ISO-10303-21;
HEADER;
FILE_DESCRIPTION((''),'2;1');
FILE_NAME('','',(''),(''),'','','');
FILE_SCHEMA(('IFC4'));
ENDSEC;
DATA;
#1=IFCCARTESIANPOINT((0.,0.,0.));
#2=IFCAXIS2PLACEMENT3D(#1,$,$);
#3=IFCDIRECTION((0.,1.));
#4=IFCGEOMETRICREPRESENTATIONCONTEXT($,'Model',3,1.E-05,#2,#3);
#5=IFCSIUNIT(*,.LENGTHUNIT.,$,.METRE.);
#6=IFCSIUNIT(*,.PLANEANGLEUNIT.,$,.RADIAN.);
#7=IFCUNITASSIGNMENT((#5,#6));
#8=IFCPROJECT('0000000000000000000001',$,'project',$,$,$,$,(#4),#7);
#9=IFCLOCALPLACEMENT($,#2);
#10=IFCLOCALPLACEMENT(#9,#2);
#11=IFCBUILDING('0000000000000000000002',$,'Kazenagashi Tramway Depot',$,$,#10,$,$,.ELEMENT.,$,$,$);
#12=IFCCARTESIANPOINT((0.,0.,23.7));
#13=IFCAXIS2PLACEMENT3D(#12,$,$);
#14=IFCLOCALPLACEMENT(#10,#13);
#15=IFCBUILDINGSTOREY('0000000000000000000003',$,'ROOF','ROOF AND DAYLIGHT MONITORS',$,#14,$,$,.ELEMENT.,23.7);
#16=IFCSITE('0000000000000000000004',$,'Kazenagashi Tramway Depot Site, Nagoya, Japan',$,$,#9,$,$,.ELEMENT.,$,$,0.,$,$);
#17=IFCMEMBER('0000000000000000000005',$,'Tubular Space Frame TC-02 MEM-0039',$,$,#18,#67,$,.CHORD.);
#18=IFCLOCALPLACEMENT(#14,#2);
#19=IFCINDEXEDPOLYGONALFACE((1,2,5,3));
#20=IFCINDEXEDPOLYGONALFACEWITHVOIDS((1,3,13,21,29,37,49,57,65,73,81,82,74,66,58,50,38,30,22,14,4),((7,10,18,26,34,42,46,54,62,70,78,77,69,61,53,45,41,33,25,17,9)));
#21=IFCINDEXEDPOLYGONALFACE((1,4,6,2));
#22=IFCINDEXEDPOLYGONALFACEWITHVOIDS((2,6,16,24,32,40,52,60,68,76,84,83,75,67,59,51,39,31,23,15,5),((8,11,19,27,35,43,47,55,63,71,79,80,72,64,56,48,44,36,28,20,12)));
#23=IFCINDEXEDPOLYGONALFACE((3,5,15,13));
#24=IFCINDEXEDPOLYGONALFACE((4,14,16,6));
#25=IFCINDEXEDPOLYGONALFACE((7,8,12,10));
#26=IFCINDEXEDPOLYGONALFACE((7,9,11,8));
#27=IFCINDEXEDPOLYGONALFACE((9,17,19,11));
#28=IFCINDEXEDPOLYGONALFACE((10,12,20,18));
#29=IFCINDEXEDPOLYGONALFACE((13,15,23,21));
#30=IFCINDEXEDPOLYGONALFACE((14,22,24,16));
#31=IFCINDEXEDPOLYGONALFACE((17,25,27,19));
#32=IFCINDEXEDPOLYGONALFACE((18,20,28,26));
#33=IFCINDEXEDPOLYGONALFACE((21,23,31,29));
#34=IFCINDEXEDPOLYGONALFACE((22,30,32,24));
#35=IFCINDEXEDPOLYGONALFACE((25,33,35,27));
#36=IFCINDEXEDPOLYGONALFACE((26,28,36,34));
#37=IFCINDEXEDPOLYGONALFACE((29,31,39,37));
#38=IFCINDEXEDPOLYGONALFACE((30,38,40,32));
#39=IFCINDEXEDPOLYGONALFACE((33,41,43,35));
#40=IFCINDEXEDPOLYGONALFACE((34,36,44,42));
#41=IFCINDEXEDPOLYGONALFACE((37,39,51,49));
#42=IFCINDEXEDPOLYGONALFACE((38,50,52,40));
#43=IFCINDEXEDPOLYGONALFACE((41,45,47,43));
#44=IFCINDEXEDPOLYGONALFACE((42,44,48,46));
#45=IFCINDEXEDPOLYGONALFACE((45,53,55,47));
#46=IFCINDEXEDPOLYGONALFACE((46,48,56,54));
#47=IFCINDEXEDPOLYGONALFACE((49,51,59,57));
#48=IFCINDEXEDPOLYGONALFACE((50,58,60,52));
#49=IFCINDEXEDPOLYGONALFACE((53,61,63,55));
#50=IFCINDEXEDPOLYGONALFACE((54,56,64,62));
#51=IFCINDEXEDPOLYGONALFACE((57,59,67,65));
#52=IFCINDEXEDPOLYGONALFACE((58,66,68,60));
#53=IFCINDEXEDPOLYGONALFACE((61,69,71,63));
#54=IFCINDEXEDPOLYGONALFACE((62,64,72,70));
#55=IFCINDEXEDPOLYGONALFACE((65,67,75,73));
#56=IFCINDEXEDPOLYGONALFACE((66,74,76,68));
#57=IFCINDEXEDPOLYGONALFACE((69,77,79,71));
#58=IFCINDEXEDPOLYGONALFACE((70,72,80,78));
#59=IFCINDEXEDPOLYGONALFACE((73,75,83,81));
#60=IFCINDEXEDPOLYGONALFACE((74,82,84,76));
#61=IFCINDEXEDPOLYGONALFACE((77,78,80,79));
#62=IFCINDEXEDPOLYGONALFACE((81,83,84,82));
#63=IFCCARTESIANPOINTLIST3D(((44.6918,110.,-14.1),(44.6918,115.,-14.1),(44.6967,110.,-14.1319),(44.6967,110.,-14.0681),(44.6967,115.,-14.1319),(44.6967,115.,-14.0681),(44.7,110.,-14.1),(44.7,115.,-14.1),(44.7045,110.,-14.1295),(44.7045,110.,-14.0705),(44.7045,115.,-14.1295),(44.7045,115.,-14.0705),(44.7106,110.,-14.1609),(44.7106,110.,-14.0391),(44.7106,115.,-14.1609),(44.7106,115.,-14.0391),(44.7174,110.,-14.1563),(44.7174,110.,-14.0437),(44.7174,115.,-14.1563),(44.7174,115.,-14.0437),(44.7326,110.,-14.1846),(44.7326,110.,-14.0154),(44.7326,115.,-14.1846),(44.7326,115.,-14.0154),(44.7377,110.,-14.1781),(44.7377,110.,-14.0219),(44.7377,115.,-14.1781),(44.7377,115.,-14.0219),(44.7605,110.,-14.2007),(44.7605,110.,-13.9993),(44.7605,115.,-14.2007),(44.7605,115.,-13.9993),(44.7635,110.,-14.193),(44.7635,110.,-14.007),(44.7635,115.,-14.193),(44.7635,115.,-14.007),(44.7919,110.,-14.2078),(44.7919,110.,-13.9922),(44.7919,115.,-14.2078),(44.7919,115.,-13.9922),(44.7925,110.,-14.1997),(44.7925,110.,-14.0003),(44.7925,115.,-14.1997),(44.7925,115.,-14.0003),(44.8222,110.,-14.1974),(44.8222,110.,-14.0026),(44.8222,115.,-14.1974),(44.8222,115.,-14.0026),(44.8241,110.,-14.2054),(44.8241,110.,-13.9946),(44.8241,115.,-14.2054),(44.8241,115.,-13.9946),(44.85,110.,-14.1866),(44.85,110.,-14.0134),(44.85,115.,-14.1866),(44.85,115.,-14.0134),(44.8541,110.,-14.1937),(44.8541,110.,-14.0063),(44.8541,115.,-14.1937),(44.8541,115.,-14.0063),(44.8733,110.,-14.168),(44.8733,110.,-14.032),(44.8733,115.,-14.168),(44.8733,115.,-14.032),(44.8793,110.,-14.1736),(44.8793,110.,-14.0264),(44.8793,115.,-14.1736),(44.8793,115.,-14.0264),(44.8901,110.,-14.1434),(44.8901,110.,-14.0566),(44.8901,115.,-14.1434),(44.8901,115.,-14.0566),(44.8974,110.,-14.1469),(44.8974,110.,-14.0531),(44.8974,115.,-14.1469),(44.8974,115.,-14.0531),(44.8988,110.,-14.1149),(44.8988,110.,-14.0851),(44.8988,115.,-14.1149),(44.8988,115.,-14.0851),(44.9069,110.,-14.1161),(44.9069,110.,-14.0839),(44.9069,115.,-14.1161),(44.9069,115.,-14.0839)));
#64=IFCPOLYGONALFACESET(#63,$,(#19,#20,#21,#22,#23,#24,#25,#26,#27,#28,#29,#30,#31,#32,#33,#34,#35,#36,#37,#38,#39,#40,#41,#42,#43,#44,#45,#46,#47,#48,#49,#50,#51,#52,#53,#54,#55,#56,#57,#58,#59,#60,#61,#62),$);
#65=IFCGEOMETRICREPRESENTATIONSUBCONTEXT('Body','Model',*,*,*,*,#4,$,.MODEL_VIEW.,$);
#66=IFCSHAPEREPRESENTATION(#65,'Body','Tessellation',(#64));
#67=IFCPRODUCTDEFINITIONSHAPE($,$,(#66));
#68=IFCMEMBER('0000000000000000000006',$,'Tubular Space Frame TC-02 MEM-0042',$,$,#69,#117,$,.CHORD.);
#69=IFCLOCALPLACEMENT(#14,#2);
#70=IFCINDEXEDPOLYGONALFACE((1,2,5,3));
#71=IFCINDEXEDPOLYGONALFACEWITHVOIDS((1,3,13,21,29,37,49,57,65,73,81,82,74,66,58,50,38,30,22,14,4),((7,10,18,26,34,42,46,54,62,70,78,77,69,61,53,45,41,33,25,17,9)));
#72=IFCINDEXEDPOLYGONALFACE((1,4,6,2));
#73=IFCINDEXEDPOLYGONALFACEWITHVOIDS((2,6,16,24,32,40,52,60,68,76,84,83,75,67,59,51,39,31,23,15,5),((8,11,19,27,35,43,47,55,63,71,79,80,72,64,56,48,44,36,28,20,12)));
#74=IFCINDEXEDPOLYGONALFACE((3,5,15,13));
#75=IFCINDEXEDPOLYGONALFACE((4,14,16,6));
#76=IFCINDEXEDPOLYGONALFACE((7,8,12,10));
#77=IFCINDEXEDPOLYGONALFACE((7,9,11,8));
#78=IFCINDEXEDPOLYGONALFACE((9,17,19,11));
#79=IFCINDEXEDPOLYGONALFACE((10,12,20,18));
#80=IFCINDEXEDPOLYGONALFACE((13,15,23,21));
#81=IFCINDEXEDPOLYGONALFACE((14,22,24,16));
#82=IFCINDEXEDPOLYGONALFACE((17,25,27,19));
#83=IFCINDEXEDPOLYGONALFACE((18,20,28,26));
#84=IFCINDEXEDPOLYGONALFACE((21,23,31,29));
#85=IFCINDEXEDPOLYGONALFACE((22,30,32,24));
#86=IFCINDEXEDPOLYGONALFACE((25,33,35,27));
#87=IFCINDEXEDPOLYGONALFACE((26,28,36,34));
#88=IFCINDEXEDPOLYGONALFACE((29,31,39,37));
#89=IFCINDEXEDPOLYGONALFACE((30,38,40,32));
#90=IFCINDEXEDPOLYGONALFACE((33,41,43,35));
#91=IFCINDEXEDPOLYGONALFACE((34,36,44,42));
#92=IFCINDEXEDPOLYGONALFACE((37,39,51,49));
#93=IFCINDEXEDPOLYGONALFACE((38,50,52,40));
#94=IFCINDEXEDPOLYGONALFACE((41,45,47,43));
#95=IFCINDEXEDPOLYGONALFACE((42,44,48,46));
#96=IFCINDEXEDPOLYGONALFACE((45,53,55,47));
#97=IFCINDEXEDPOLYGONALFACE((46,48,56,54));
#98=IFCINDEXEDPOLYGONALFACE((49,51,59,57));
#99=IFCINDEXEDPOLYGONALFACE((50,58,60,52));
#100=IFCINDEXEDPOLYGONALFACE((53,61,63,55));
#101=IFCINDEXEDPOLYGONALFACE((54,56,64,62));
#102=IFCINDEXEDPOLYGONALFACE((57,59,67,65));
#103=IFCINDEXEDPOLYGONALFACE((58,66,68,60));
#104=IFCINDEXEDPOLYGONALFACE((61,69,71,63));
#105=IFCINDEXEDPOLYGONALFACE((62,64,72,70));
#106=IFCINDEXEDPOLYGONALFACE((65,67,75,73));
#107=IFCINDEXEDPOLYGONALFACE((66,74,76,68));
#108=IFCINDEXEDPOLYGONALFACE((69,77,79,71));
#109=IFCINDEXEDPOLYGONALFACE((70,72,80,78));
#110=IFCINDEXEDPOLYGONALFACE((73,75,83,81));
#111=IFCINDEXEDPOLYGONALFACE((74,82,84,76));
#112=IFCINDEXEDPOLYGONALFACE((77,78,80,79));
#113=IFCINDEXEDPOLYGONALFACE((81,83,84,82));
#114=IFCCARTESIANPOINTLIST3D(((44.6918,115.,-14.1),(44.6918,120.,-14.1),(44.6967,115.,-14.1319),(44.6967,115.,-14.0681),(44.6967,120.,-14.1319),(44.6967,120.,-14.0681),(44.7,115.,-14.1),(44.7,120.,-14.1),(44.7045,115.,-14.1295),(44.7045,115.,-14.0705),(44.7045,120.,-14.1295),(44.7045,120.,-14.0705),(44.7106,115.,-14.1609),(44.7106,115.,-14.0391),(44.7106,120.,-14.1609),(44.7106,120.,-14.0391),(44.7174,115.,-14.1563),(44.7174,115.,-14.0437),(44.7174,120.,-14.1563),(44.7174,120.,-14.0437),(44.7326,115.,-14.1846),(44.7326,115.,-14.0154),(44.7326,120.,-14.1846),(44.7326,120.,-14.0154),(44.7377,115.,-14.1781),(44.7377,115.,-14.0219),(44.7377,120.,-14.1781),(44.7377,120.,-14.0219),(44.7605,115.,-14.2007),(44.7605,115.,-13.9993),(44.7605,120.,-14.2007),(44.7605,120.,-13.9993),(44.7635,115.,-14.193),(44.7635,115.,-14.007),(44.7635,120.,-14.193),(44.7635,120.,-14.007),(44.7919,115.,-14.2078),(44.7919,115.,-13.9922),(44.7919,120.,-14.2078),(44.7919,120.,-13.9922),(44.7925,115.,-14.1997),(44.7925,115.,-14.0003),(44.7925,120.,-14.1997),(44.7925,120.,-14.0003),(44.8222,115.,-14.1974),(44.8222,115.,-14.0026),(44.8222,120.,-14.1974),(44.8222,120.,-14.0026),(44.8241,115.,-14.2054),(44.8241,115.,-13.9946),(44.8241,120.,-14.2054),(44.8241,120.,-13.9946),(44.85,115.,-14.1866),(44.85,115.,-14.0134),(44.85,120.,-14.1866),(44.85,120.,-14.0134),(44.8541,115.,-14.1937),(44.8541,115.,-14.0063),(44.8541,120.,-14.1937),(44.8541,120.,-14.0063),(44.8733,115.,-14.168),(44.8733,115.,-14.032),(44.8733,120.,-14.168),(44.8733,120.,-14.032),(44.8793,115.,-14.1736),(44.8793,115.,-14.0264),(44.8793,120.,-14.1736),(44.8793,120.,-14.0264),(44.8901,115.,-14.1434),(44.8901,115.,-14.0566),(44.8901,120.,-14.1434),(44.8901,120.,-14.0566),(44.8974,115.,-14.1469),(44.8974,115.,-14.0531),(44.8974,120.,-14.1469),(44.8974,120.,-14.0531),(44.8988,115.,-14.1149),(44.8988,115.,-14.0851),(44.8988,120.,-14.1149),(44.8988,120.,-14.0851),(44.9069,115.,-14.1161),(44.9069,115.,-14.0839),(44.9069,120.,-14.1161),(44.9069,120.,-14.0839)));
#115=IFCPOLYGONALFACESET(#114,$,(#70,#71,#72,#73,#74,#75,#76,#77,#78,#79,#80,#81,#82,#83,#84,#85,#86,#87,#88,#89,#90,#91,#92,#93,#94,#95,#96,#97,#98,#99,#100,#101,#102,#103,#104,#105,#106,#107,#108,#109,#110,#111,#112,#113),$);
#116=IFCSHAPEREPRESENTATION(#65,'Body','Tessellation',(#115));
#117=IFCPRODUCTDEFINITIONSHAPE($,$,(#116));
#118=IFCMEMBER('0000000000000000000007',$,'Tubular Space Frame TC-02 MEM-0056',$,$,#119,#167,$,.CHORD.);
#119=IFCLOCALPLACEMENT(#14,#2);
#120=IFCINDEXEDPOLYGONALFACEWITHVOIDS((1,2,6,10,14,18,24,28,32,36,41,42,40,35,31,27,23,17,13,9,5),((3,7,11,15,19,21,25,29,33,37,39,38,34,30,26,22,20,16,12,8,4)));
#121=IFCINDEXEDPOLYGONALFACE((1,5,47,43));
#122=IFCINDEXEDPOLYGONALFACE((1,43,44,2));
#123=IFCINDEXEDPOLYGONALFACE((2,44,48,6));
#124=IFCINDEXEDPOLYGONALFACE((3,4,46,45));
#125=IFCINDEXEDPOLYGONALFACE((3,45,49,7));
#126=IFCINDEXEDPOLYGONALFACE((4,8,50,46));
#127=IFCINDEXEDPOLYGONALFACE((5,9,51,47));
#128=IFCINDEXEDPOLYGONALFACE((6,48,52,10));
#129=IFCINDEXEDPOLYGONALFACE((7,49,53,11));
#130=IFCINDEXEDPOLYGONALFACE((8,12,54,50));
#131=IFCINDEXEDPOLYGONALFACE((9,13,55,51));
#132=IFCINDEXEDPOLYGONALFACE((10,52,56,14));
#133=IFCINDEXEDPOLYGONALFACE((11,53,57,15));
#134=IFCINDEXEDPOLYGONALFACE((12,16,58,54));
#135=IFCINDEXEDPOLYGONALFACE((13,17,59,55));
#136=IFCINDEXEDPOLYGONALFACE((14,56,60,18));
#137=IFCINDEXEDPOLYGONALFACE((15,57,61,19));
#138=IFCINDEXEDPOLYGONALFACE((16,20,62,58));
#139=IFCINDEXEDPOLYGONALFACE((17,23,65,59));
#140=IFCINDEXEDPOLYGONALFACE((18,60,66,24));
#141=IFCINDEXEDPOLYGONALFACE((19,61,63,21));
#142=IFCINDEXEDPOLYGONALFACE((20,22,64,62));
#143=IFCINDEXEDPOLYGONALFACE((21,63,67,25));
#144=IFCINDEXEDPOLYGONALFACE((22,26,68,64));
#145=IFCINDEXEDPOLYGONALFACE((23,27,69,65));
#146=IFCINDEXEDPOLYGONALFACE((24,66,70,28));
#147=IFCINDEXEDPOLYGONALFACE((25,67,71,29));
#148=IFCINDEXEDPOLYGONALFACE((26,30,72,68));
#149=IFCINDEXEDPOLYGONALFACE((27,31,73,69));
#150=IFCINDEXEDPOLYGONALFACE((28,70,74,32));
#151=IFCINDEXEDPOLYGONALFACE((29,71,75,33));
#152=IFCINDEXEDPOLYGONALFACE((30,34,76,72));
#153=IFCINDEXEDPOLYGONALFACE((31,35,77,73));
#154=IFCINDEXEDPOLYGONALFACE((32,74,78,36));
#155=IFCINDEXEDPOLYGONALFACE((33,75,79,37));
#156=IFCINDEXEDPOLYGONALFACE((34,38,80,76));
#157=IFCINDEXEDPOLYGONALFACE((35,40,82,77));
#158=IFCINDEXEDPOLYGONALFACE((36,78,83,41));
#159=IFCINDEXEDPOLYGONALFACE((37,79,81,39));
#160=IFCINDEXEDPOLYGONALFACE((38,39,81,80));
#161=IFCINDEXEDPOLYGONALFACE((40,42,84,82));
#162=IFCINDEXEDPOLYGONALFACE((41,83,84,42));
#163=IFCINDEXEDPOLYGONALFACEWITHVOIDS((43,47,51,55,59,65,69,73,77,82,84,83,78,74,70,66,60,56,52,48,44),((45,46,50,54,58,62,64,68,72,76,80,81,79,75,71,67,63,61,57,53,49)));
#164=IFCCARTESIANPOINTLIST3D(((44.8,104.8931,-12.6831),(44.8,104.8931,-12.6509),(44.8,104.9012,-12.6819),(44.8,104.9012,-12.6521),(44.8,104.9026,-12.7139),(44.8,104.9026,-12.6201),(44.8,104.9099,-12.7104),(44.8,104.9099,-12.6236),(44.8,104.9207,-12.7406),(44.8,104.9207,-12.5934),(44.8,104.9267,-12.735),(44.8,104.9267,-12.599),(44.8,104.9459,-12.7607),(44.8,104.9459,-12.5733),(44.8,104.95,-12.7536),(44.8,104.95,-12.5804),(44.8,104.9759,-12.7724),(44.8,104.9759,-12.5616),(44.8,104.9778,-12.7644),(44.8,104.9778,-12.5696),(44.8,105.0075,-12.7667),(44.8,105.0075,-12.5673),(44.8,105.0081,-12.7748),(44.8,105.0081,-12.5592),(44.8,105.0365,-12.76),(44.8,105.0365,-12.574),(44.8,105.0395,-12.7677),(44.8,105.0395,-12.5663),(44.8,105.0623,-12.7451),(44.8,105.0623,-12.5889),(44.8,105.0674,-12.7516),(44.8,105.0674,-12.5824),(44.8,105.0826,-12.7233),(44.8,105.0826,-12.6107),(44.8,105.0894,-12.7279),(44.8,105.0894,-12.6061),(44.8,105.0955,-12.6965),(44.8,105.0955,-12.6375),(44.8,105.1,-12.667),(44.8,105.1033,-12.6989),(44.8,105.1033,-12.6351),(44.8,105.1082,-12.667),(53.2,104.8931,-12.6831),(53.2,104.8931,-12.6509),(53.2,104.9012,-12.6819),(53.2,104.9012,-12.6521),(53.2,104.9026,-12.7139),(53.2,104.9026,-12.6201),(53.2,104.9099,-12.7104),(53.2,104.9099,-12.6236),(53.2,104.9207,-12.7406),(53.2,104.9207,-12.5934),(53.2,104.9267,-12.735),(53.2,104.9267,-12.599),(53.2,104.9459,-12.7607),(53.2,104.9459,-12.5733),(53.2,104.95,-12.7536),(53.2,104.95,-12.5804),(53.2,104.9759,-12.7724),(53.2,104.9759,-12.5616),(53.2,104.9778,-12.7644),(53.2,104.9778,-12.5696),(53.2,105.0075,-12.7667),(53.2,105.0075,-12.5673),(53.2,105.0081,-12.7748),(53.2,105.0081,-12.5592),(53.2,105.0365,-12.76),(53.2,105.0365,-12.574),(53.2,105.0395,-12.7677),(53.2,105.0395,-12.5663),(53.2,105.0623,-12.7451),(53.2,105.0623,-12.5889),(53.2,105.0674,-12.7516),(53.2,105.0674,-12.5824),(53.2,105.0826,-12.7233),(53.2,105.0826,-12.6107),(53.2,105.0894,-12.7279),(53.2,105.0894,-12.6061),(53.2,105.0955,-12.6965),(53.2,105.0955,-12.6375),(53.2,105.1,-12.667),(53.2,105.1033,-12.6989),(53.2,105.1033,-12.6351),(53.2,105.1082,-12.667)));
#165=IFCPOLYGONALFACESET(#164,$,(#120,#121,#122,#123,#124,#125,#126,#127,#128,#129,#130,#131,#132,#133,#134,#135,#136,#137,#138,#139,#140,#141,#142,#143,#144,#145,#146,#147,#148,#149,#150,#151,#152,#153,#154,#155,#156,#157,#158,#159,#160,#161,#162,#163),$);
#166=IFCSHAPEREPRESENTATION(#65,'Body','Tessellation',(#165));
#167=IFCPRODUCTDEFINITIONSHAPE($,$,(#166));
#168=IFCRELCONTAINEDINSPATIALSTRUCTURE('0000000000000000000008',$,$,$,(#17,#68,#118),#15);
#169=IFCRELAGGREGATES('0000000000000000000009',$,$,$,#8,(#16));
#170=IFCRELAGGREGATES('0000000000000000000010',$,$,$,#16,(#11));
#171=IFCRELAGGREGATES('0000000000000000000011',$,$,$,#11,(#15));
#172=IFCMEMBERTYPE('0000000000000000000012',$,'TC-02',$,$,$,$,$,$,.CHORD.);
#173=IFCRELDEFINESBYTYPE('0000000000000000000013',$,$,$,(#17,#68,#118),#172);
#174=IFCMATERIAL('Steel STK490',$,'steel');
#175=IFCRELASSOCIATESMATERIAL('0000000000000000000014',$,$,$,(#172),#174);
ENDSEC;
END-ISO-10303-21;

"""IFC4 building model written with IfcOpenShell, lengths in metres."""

from ifc_helpers import new_model, si_unit, direction, frame, origin, origin_2d, place, context, subcontext, project, spatial, hollow_circle, extrude, material, material_profile, profile_set, type_object, element, save


model = new_model("IFC4")

# Units and contexts
model_context = context("Model", 3, precision=1e-05, world=origin(), true_north=direction((0.0, 1.0)))
body_context = subcontext(model_context, "Body", "Model", "MODEL_VIEW")
ifc_project = project(units=[si_unit("LENGTHUNIT", "METRE"), si_unit("PLANEANGLEUNIT", "RADIAN")], contexts=[model_context])

# Site, building, storey
site_placement = place(None, origin())
site = spatial("IfcSite", under=ifc_project, at=site_placement, Name="Kazenagashi Tramway Depot Site, Nagoya, Japan", CompositionType="ELEMENT", RefElevation=0.0)
building_placement = place(site_placement, origin())
building = spatial("IfcBuilding", under=site, at=building_placement, Name="Kazenagashi Tramway Depot", CompositionType="ELEMENT")
storey_placement = place(building_placement, frame((0.0, 0.0, 23.7)))
storey = spatial("IfcBuildingStorey", under=building, at=storey_placement, Name="ROOF", Description="ROOF AND DAYLIGHT MONITORS", CompositionType="ELEMENT", Elevation=23.7)

# Members
ifc_material_1 = material(Name="Steel STK490", Category="steel")
ifc_material_profile_1 = material_profile(ifc_material_1, hollow_circle(Radius=0.1081, WallThickness=0.0082, at=origin_2d()), Name="CHS-216.3x8.2")
ifc_profile_set_1 = profile_set([ifc_material_profile_1], Name="Steel STK490")
member_type_1 = type_object("IfcMemberType", Name="TC-02", PredefinedType="CHORD", material=ifc_profile_set_1)
for number, where, z_axis, x_axis, name in (
    (1, (44.8, 110.0, -14.1), (0.0, 1.0, 0.0), (-1.0, 0.0, 0.0), "Tubular Space Frame TC-02 MEM-0039"),
    (2, (44.8, 115.0, -14.1), (0.0, 1.0, 0.0), (-1.0, 0.0, 0.0), "Tubular Space Frame TC-02 MEM-0042"),
):
    element("IfcMember", number, at=place(storey_placement, frame(where, z_axis=z_axis, x_axis=x_axis)), inside=storey, type_object=member_type_1, Name=name, PredefinedType="CHORD", context=body_context, shape_type="SweptSolid", body=[
        extrude(hollow_circle(Radius=0.1081, WallThickness=0.0082, at=origin_2d()), origin(), (0.0, 0.0, 1.0), 5.0),
    ])
for number, where, z_axis, x_axis, name in (
    (3, (44.8, 105.0, -12.667), (1.0, 0.0, 0.0), (0.0, 1.0, 0.0), "Tubular Space Frame TC-02 MEM-0056"),
):
    element("IfcMember", number, at=place(storey_placement, frame(where, z_axis=z_axis, x_axis=x_axis)), inside=storey, type_object=member_type_1, Name=name, PredefinedType="CHORD", context=body_context, shape_type="SweptSolid", body=[
        extrude(hollow_circle(Radius=0.1081, WallThickness=0.0082, at=origin_2d()), origin(), (0.0, 0.0, 1.0), 8.4),
    ])

save(model, "model.ifc")
